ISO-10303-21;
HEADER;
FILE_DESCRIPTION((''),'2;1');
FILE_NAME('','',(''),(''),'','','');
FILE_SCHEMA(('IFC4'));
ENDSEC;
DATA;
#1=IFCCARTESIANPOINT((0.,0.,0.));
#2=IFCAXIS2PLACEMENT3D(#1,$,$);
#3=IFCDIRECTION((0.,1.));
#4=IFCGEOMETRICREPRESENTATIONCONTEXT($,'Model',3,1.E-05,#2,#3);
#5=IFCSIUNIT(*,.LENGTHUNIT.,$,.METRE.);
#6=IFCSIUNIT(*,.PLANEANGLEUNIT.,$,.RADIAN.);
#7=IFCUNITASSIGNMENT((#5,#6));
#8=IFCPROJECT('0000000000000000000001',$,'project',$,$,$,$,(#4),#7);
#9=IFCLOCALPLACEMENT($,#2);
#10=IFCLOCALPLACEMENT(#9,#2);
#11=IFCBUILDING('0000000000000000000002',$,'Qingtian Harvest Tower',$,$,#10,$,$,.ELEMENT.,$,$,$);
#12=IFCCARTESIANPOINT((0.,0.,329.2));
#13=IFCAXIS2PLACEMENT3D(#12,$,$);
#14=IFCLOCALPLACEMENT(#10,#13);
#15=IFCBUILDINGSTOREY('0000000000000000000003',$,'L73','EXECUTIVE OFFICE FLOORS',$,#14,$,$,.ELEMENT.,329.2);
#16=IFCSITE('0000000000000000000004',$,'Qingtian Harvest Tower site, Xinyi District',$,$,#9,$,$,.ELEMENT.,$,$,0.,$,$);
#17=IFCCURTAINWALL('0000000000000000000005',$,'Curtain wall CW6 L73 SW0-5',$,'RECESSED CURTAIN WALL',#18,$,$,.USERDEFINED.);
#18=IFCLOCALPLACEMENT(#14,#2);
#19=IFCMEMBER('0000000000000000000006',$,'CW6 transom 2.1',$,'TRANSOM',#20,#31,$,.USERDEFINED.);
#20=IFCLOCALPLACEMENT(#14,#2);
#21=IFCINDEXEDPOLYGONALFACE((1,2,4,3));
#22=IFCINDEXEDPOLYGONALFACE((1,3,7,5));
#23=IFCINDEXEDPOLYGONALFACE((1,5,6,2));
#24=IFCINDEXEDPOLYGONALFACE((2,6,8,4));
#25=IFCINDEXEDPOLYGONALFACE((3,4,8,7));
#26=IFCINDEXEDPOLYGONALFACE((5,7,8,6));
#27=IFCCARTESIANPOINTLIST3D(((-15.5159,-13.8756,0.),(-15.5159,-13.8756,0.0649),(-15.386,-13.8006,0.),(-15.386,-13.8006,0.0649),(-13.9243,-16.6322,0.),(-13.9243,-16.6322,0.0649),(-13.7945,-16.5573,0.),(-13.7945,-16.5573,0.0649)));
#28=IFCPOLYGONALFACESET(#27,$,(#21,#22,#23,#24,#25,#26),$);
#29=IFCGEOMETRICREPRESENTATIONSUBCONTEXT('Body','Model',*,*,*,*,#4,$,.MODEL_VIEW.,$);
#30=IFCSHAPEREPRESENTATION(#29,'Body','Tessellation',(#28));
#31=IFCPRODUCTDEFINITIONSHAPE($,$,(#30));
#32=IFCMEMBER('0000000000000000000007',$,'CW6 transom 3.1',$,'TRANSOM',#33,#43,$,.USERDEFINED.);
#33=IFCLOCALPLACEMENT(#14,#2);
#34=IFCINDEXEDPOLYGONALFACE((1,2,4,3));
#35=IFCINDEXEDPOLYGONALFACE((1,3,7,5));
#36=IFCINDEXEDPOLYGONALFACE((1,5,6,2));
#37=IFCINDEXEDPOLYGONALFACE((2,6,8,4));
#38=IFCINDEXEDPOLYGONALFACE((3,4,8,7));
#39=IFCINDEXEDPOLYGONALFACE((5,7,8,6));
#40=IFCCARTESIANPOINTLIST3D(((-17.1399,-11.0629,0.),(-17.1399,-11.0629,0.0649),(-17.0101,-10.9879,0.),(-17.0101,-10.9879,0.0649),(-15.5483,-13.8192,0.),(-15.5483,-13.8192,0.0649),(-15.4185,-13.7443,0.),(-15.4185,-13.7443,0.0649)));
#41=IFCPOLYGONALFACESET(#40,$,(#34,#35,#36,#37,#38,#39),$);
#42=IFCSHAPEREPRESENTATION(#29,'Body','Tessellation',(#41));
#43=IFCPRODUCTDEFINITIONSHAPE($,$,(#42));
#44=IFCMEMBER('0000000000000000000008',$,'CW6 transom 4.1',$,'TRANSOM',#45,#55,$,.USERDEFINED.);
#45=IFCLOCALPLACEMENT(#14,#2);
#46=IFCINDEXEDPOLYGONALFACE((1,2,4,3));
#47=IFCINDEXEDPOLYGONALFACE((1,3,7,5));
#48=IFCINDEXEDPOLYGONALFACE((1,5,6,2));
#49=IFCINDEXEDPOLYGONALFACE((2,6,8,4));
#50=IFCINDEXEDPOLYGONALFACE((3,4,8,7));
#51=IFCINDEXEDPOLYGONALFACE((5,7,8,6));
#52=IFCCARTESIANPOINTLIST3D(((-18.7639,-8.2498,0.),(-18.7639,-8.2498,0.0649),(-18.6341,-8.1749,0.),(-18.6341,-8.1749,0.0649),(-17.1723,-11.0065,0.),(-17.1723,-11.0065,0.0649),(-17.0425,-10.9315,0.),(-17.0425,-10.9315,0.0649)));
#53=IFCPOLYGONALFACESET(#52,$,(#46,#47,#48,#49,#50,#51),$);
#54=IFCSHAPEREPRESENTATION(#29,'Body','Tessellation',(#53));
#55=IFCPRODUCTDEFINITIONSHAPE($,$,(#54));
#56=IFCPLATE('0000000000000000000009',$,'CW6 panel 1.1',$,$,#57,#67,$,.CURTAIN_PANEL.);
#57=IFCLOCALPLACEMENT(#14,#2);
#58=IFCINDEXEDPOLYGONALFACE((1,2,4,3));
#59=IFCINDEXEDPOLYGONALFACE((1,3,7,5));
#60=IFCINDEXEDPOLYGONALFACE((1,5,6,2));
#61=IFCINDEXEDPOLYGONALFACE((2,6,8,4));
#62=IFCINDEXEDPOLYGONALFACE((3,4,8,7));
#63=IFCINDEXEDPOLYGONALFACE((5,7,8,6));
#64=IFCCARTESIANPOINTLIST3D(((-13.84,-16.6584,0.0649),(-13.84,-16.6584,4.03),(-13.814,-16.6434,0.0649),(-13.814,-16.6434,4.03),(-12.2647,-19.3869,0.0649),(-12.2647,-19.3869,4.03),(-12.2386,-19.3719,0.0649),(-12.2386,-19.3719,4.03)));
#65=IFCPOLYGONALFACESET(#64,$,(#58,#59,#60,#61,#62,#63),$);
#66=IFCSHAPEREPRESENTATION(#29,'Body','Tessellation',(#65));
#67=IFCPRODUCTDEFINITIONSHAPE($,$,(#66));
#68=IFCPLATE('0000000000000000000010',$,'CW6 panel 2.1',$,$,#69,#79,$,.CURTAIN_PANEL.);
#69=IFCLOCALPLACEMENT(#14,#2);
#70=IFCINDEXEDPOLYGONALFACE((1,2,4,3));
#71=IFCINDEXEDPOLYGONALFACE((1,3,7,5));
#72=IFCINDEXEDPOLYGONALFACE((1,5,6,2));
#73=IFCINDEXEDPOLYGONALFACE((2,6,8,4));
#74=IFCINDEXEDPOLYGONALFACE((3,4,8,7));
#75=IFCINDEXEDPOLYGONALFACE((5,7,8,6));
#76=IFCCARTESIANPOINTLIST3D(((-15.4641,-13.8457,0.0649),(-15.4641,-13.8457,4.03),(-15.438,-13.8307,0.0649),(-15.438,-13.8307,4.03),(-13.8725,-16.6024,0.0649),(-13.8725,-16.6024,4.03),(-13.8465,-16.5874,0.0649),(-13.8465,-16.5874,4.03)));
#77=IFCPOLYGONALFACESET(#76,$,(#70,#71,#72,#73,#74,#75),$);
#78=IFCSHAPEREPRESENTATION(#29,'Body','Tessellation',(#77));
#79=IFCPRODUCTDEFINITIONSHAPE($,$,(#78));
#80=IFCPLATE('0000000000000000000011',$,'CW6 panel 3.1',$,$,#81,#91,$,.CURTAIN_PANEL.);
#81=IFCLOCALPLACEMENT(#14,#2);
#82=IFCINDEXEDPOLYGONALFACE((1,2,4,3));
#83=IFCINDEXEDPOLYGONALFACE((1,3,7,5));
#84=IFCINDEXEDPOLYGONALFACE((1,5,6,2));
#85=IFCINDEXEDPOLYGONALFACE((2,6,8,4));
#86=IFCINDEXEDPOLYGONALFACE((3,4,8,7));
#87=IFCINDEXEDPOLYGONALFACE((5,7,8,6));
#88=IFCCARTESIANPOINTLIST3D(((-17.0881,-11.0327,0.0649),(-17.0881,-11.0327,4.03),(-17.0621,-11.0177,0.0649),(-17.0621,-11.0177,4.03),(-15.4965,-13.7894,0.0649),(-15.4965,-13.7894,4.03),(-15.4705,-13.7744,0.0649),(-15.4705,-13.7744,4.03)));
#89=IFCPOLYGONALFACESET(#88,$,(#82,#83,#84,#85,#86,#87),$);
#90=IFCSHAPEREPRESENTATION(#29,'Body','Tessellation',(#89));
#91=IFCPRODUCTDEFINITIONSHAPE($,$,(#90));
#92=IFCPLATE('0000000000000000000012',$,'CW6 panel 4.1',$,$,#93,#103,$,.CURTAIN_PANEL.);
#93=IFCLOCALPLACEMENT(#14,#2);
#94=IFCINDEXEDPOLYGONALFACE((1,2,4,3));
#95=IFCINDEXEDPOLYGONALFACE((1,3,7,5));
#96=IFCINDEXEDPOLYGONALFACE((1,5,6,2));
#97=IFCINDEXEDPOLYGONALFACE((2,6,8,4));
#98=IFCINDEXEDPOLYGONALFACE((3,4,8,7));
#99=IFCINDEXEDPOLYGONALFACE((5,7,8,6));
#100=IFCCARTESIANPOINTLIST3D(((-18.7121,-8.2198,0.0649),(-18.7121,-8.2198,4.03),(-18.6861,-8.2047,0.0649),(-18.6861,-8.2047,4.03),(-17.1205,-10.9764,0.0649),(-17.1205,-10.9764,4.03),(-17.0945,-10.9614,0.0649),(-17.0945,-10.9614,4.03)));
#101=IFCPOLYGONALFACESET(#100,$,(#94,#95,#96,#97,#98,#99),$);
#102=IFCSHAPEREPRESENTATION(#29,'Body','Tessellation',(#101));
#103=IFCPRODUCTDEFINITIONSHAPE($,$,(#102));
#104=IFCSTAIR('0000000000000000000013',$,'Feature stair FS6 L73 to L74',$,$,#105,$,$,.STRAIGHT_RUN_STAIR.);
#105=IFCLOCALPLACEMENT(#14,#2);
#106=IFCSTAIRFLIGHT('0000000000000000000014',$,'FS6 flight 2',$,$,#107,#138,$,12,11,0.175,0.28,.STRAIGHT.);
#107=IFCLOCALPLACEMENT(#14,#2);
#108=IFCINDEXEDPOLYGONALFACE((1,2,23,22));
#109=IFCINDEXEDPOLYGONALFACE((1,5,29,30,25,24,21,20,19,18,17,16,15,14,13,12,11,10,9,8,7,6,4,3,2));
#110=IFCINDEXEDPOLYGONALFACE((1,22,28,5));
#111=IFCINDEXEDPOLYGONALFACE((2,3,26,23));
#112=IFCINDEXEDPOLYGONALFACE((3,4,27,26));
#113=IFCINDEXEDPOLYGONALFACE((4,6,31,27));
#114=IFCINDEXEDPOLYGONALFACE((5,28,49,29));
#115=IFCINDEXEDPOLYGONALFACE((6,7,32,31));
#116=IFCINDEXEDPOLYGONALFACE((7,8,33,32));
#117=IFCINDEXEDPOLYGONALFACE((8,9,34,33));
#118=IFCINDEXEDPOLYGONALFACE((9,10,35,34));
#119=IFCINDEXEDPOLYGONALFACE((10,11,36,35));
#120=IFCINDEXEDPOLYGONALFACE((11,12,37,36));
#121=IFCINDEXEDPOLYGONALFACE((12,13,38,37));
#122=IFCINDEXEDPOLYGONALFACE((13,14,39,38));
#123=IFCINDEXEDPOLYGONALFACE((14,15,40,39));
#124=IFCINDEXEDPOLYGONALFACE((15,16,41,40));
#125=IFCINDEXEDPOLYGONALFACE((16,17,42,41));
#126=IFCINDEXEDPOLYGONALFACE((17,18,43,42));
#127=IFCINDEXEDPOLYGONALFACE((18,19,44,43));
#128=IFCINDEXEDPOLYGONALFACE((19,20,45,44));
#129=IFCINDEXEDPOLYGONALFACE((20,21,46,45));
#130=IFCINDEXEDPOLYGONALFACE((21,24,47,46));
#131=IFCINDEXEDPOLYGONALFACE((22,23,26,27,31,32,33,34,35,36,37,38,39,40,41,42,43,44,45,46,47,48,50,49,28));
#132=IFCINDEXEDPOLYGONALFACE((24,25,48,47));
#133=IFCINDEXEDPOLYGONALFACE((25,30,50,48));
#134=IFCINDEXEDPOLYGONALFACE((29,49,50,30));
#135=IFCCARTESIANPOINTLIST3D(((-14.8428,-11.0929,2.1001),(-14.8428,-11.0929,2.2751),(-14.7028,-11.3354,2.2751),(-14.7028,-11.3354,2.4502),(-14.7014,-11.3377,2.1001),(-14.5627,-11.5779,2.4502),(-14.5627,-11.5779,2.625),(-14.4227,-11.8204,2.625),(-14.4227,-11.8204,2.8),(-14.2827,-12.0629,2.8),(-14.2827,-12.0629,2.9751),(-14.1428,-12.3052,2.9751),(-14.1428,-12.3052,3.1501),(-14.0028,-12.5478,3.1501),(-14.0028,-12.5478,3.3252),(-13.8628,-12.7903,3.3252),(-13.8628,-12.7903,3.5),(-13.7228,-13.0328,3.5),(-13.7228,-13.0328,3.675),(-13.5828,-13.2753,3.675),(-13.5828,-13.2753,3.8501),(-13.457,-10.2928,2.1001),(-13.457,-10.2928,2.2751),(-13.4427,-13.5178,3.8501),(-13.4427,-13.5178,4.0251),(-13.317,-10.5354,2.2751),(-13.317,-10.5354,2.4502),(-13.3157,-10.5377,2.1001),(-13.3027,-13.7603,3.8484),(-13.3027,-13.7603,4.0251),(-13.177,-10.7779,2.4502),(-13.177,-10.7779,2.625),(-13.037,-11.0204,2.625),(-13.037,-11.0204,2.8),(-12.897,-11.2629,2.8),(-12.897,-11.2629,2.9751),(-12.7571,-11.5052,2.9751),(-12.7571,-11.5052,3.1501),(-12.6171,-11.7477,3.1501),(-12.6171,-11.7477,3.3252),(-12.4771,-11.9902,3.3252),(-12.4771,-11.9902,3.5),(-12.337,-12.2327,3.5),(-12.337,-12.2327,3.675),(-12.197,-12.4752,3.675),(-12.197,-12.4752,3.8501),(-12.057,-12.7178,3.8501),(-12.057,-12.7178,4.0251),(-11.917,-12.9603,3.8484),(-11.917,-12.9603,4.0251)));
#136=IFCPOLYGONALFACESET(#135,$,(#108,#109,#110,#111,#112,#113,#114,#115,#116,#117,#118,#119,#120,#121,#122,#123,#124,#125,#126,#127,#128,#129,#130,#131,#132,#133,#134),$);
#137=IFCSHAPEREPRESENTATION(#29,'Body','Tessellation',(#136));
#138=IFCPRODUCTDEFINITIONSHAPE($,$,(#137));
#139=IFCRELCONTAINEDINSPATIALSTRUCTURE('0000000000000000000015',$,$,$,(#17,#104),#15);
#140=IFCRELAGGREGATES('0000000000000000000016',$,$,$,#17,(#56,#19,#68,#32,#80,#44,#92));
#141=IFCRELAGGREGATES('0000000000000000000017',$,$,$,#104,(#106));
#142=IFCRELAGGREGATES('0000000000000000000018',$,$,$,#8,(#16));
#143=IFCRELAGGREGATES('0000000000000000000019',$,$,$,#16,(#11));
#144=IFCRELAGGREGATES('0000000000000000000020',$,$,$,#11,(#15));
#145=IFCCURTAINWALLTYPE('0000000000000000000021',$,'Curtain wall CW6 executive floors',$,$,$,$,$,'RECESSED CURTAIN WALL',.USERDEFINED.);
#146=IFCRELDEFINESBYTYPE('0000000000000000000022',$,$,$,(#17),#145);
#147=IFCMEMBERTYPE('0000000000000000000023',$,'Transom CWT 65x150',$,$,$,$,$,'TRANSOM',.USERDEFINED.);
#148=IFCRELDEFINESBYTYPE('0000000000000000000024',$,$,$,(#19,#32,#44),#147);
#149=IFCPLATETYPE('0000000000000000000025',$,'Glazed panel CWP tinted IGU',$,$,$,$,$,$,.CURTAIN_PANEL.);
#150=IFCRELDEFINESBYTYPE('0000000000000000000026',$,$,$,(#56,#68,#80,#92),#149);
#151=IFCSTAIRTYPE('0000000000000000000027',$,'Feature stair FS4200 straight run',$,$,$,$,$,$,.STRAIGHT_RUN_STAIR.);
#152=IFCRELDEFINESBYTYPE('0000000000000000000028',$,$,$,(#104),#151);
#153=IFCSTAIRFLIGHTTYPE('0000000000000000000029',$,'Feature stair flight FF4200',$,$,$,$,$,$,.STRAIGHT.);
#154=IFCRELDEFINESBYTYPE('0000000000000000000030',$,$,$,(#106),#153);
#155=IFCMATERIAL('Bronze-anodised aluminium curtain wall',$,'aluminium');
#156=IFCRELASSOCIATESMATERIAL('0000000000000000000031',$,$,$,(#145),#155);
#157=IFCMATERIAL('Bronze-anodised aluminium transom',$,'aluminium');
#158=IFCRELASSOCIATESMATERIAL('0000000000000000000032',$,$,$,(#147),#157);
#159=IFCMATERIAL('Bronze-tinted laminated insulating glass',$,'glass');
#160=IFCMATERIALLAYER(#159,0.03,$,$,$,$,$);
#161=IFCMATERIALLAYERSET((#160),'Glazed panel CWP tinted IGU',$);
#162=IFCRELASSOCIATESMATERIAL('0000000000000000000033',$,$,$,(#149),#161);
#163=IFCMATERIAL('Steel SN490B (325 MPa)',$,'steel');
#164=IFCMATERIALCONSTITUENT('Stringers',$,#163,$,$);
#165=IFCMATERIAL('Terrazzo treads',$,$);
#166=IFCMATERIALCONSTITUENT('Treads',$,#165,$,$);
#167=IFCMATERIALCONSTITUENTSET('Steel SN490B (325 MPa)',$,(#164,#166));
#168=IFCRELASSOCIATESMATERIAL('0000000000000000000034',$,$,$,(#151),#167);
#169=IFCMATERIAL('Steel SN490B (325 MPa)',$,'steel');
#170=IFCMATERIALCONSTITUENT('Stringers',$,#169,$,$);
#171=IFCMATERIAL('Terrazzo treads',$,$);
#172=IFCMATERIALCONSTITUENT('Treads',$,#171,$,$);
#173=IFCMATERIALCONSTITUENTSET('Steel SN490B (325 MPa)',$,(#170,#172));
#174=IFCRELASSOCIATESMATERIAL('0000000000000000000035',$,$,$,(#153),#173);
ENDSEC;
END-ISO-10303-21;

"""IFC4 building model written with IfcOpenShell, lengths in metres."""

from ifc_helpers import new_model, si_unit, direction, frame, origin, origin_2d, place, context, subcontext, project, spatial, polyline, rectangle, outline, extrude, material, layer, layer_set, constituent, constituent_set, material_profile, profile_set, type_object, element, aggregate, save


model = new_model("IFC4")

# Units and contexts
model_context = context("Model", 3, precision=1e-05, world=origin(), true_north=direction((0.0, 1.0)))
body_context = subcontext(model_context, "Body", "Model", "MODEL_VIEW")
ifc_project = project(units=[si_unit("LENGTHUNIT", "METRE"), si_unit("PLANEANGLEUNIT", "RADIAN")], contexts=[model_context])

# Site, building, storey
site_placement = place(None, origin())
site = spatial("IfcSite", under=ifc_project, at=site_placement, Name="Qingtian Harvest Tower site, Xinyi District", CompositionType="ELEMENT", RefElevation=0.0)
building_placement = place(site_placement, origin())
building = spatial("IfcBuilding", under=site, at=building_placement, Name="Qingtian Harvest Tower", CompositionType="ELEMENT")
storey_placement = place(building_placement, frame((0.0, 0.0, 329.2)))
storey = spatial("IfcBuildingStorey", under=building, at=storey_placement, Name="L73", Description="EXECUTIVE OFFICE FLOORS", CompositionType="ELEMENT", Elevation=329.2)

# Curtain wall
ifc_material_1 = material(Name="Bronze-anodised aluminium curtain wall", Category="aluminium")
curtain_wall_type = type_object("IfcCurtainWallType", Name="Curtain wall CW6 executive floors", ElementType="RECESSED CURTAIN WALL", PredefinedType="USERDEFINED", material=ifc_material_1)
curtain_wall_placement = place(storey_placement, origin())
curtain_wall = element("IfcCurtainWall", 1, at=curtain_wall_placement, inside=storey, type_object=curtain_wall_type, Name="Curtain wall CW6 L73 SW0-5", ObjectType="RECESSED CURTAIN WALL", PredefinedType="USERDEFINED")

# Members
ifc_material_2 = material(Name="Bronze-anodised aluminium transom", Category="aluminium")
ifc_material_profile_1 = material_profile(ifc_material_2, rectangle(XDim=0.1499, YDim=0.0649, at=origin_2d()), Name="AL 65x150")
ifc_profile_set_1 = profile_set([ifc_material_profile_1], Name="Bronze-anodised aluminium transom")
member_type_1 = type_object("IfcMemberType", Name="Transom CWT 65x150", ElementType="TRANSOM", PredefinedType="USERDEFINED", material=ifc_profile_set_1)
member_1_placement = place(storey_placement, frame((-13.8594, -16.5947, 0.0325), z_axis=(-0.500008, 0.866021, 0.0), x_axis=(-0.866021, -0.500008, 0.0)))
member_1 = element("IfcMember", 2, at=member_1_placement, type_object=member_type_1, Name="CW6 transom 2.1", ObjectType="TRANSOM", PredefinedType="USERDEFINED", context=body_context, shape_type="SweptSolid", body=[
    extrude(rectangle(XDim=0.1499, YDim=0.0649, at=origin_2d()), origin(), (0.0, 0.0, 1.0), 3.1831),
])
member_2_placement = place(storey_placement, frame((-15.4834, -13.7817, 0.0325), z_axis=(-0.500041, 0.866002, 0.0), x_axis=(-0.866002, -0.500041, 0.0)))
member_2 = element("IfcMember", 3, at=member_2_placement, type_object=member_type_1, Name="CW6 transom 3.1", ObjectType="TRANSOM", PredefinedType="USERDEFINED", context=body_context, shape_type="SweptSolid", body=[
    extrude(rectangle(XDim=0.1499, YDim=0.0649, at=origin_2d()), origin(), (0.0, 0.0, 1.0), 3.1829),
])
member_3_placement = place(storey_placement, frame((-17.1074, -10.969, 0.0325), z_axis=(-0.500008, 0.866021, 0.0), x_axis=(-0.866021, -0.500008, 0.0)))
member_3 = element("IfcMember", 4, at=member_3_placement, type_object=member_type_1, Name="CW6 transom 4.1", ObjectType="TRANSOM", PredefinedType="USERDEFINED", context=body_context, shape_type="SweptSolid", body=[
    extrude(rectangle(XDim=0.1499, YDim=0.0649, at=origin_2d()), origin(), (0.0, 0.0, 1.0), 3.1831),
])

# Plates
ifc_material_3 = material(Name="Bronze-tinted laminated insulating glass", Category="glass")
ifc_layer = layer(ifc_material_3, 0.03)
ifc_layer_set = layer_set([ifc_layer], Name="Glazed panel CWP tinted IGU")
plate_type = type_object("IfcPlateType", Name="Glazed panel CWP tinted IGU", PredefinedType="CURTAIN_PANEL", material=ifc_layer_set)
plate_1_placement = place(storey_placement, frame((-13.0393, -18.0151, 0.0649), z_axis=(0.0, 0.0, 1.0), x_axis=(-0.5, 0.866025, 0.0)))
plate_1 = element("IfcPlate", 5, at=plate_1_placement, type_object=plate_type, Name="CW6 panel 1.1", PredefinedType="CURTAIN_PANEL", context=body_context, shape_type="SweptSolid", body=[
    extrude(rectangle(XDim=3.1506, YDim=0.03, at=origin_2d()), origin(), (0.0, 0.0, 1.0), 3.9651),
])
plate_2_placement = place(storey_placement, frame((-14.6553, -15.2166, 0.0649), z_axis=(0.0, 0.0, 1.0), x_axis=(-0.5, 0.866025, 0.0)))
plate_2 = element("IfcPlate", 6, at=plate_2_placement, type_object=plate_type, Name="CW6 panel 2.1", PredefinedType="CURTAIN_PANEL", context=body_context, shape_type="SweptSolid", body=[
    extrude(rectangle(XDim=3.1831, YDim=0.03, at=origin_2d()), origin(), (0.0, 0.0, 1.0), 3.9651),
])
plate_3_placement = place(storey_placement, frame((-16.2793, -12.4036, 0.0649), z_axis=(0.0, 0.0, 1.0), x_axis=(-0.5, 0.866025, 0.0)))
plate_3 = element("IfcPlate", 7, at=plate_3_placement, type_object=plate_type, Name="CW6 panel 3.1", PredefinedType="CURTAIN_PANEL", context=body_context, shape_type="SweptSolid", body=[
    extrude(rectangle(XDim=3.1831, YDim=0.03, at=origin_2d()), origin(), (0.0, 0.0, 1.0), 3.9651),
])
plate_4_placement = place(storey_placement, frame((-17.9033, -9.5906, 0.0649), z_axis=(0.0, 0.0, 1.0), x_axis=(-0.5, 0.866025, 0.0)))
plate_4 = element("IfcPlate", 8, at=plate_4_placement, type_object=plate_type, Name="CW6 panel 4.1", PredefinedType="CURTAIN_PANEL", context=body_context, shape_type="SweptSolid", body=[
    extrude(rectangle(XDim=3.1831, YDim=0.03, at=origin_2d()), origin(), (0.0, 0.0, 1.0), 3.9651),
])
aggregate(curtain_wall, [plate_1, member_1, plate_2, member_2, plate_3, member_3, plate_4])

# Stair, stair flight
ifc_material_4 = material(Name="Steel SN490B (325 MPa)", Category="steel")
ifc_constituent_1 = constituent(ifc_material_4, Name="Stringers")
ifc_material_5 = material(Name="Terrazzo treads")
ifc_constituent_2 = constituent(ifc_material_5, Name="Treads")
ifc_constituent_set_1 = constituent_set(constituents=[ifc_constituent_1, ifc_constituent_2], Name="Steel SN490B (325 MPa)")
stair_type = type_object("IfcStairType", Name="Feature stair FS4200 straight run", PredefinedType="STRAIGHT_RUN_STAIR", material=ifc_constituent_set_1)
stair_placement = place(storey_placement, origin())
stair = element("IfcStair", 9, at=stair_placement, inside=storey, type_object=stair_type, Name="Feature stair FS6 L73 to L74", PredefinedType="STRAIGHT_RUN_STAIR")
ifc_material_6 = material(Name="Steel SN490B (325 MPa)", Category="steel")
ifc_constituent_3 = constituent(ifc_material_6, Name="Stringers")
ifc_material_7 = material(Name="Terrazzo treads")
ifc_constituent_4 = constituent(ifc_material_7, Name="Treads")
ifc_constituent_set_2 = constituent_set(constituents=[ifc_constituent_3, ifc_constituent_4], Name="Steel SN490B (325 MPa)")
stair_flight_type = type_object("IfcStairFlightType", Name="Feature stair flight FF4200", PredefinedType="STRAIGHT", material=ifc_constituent_set_2)
stair_flight_placement = place(storey_placement, frame((-14.1499, -10.6929, 2.1001), z_axis=(0.0, 0.0, 1.0), x_axis=(0.5, -0.866025, 0.0)))
stair_flight = element("IfcStairFlight", 10, at=stair_flight_placement, type_object=stair_flight_type, Name="FS6 flight 2", NumberOfRisers=12, NumberOfTreads=11, PredefinedType="STRAIGHT", RiserHeight=0.175, TreadLength=0.28, context=body_context, shape_type="SweptSolid", body=[
    extrude(outline(polyline([(0.0, 0.0), (0.0, 0.175), (0.28, 0.175), (0.28, 0.3501), (0.5601, 0.3501), (0.5601, 0.5249), (0.8401, 0.5249), (0.8401, 0.7), (1.1201, 0.7), (1.1201, 0.875), (1.3999, 0.875), (1.3999, 1.05), (1.6799, 1.05), (1.6799, 1.2251), (1.96, 1.2251), (1.96, 1.3999), (2.24, 1.3999), (2.24, 1.575), (2.52, 1.575), (2.52, 1.75), (2.8, 1.75), (2.8, 1.925), (3.0801, 1.925), (3.0801, 2.1001), (3.0801, 1.7483), (0.2827, 0.0), (0.0, 0.0)])), frame((0.0, 0.8, 0.0), z_axis=(0.0, -1.0, 0.0), x_axis=(1.0, 0.0, 0.0)), (0.0, 0.0, 1.0), 1.6001),
])
aggregate(stair, [stair_flight])

save(model, "model.ifc")
